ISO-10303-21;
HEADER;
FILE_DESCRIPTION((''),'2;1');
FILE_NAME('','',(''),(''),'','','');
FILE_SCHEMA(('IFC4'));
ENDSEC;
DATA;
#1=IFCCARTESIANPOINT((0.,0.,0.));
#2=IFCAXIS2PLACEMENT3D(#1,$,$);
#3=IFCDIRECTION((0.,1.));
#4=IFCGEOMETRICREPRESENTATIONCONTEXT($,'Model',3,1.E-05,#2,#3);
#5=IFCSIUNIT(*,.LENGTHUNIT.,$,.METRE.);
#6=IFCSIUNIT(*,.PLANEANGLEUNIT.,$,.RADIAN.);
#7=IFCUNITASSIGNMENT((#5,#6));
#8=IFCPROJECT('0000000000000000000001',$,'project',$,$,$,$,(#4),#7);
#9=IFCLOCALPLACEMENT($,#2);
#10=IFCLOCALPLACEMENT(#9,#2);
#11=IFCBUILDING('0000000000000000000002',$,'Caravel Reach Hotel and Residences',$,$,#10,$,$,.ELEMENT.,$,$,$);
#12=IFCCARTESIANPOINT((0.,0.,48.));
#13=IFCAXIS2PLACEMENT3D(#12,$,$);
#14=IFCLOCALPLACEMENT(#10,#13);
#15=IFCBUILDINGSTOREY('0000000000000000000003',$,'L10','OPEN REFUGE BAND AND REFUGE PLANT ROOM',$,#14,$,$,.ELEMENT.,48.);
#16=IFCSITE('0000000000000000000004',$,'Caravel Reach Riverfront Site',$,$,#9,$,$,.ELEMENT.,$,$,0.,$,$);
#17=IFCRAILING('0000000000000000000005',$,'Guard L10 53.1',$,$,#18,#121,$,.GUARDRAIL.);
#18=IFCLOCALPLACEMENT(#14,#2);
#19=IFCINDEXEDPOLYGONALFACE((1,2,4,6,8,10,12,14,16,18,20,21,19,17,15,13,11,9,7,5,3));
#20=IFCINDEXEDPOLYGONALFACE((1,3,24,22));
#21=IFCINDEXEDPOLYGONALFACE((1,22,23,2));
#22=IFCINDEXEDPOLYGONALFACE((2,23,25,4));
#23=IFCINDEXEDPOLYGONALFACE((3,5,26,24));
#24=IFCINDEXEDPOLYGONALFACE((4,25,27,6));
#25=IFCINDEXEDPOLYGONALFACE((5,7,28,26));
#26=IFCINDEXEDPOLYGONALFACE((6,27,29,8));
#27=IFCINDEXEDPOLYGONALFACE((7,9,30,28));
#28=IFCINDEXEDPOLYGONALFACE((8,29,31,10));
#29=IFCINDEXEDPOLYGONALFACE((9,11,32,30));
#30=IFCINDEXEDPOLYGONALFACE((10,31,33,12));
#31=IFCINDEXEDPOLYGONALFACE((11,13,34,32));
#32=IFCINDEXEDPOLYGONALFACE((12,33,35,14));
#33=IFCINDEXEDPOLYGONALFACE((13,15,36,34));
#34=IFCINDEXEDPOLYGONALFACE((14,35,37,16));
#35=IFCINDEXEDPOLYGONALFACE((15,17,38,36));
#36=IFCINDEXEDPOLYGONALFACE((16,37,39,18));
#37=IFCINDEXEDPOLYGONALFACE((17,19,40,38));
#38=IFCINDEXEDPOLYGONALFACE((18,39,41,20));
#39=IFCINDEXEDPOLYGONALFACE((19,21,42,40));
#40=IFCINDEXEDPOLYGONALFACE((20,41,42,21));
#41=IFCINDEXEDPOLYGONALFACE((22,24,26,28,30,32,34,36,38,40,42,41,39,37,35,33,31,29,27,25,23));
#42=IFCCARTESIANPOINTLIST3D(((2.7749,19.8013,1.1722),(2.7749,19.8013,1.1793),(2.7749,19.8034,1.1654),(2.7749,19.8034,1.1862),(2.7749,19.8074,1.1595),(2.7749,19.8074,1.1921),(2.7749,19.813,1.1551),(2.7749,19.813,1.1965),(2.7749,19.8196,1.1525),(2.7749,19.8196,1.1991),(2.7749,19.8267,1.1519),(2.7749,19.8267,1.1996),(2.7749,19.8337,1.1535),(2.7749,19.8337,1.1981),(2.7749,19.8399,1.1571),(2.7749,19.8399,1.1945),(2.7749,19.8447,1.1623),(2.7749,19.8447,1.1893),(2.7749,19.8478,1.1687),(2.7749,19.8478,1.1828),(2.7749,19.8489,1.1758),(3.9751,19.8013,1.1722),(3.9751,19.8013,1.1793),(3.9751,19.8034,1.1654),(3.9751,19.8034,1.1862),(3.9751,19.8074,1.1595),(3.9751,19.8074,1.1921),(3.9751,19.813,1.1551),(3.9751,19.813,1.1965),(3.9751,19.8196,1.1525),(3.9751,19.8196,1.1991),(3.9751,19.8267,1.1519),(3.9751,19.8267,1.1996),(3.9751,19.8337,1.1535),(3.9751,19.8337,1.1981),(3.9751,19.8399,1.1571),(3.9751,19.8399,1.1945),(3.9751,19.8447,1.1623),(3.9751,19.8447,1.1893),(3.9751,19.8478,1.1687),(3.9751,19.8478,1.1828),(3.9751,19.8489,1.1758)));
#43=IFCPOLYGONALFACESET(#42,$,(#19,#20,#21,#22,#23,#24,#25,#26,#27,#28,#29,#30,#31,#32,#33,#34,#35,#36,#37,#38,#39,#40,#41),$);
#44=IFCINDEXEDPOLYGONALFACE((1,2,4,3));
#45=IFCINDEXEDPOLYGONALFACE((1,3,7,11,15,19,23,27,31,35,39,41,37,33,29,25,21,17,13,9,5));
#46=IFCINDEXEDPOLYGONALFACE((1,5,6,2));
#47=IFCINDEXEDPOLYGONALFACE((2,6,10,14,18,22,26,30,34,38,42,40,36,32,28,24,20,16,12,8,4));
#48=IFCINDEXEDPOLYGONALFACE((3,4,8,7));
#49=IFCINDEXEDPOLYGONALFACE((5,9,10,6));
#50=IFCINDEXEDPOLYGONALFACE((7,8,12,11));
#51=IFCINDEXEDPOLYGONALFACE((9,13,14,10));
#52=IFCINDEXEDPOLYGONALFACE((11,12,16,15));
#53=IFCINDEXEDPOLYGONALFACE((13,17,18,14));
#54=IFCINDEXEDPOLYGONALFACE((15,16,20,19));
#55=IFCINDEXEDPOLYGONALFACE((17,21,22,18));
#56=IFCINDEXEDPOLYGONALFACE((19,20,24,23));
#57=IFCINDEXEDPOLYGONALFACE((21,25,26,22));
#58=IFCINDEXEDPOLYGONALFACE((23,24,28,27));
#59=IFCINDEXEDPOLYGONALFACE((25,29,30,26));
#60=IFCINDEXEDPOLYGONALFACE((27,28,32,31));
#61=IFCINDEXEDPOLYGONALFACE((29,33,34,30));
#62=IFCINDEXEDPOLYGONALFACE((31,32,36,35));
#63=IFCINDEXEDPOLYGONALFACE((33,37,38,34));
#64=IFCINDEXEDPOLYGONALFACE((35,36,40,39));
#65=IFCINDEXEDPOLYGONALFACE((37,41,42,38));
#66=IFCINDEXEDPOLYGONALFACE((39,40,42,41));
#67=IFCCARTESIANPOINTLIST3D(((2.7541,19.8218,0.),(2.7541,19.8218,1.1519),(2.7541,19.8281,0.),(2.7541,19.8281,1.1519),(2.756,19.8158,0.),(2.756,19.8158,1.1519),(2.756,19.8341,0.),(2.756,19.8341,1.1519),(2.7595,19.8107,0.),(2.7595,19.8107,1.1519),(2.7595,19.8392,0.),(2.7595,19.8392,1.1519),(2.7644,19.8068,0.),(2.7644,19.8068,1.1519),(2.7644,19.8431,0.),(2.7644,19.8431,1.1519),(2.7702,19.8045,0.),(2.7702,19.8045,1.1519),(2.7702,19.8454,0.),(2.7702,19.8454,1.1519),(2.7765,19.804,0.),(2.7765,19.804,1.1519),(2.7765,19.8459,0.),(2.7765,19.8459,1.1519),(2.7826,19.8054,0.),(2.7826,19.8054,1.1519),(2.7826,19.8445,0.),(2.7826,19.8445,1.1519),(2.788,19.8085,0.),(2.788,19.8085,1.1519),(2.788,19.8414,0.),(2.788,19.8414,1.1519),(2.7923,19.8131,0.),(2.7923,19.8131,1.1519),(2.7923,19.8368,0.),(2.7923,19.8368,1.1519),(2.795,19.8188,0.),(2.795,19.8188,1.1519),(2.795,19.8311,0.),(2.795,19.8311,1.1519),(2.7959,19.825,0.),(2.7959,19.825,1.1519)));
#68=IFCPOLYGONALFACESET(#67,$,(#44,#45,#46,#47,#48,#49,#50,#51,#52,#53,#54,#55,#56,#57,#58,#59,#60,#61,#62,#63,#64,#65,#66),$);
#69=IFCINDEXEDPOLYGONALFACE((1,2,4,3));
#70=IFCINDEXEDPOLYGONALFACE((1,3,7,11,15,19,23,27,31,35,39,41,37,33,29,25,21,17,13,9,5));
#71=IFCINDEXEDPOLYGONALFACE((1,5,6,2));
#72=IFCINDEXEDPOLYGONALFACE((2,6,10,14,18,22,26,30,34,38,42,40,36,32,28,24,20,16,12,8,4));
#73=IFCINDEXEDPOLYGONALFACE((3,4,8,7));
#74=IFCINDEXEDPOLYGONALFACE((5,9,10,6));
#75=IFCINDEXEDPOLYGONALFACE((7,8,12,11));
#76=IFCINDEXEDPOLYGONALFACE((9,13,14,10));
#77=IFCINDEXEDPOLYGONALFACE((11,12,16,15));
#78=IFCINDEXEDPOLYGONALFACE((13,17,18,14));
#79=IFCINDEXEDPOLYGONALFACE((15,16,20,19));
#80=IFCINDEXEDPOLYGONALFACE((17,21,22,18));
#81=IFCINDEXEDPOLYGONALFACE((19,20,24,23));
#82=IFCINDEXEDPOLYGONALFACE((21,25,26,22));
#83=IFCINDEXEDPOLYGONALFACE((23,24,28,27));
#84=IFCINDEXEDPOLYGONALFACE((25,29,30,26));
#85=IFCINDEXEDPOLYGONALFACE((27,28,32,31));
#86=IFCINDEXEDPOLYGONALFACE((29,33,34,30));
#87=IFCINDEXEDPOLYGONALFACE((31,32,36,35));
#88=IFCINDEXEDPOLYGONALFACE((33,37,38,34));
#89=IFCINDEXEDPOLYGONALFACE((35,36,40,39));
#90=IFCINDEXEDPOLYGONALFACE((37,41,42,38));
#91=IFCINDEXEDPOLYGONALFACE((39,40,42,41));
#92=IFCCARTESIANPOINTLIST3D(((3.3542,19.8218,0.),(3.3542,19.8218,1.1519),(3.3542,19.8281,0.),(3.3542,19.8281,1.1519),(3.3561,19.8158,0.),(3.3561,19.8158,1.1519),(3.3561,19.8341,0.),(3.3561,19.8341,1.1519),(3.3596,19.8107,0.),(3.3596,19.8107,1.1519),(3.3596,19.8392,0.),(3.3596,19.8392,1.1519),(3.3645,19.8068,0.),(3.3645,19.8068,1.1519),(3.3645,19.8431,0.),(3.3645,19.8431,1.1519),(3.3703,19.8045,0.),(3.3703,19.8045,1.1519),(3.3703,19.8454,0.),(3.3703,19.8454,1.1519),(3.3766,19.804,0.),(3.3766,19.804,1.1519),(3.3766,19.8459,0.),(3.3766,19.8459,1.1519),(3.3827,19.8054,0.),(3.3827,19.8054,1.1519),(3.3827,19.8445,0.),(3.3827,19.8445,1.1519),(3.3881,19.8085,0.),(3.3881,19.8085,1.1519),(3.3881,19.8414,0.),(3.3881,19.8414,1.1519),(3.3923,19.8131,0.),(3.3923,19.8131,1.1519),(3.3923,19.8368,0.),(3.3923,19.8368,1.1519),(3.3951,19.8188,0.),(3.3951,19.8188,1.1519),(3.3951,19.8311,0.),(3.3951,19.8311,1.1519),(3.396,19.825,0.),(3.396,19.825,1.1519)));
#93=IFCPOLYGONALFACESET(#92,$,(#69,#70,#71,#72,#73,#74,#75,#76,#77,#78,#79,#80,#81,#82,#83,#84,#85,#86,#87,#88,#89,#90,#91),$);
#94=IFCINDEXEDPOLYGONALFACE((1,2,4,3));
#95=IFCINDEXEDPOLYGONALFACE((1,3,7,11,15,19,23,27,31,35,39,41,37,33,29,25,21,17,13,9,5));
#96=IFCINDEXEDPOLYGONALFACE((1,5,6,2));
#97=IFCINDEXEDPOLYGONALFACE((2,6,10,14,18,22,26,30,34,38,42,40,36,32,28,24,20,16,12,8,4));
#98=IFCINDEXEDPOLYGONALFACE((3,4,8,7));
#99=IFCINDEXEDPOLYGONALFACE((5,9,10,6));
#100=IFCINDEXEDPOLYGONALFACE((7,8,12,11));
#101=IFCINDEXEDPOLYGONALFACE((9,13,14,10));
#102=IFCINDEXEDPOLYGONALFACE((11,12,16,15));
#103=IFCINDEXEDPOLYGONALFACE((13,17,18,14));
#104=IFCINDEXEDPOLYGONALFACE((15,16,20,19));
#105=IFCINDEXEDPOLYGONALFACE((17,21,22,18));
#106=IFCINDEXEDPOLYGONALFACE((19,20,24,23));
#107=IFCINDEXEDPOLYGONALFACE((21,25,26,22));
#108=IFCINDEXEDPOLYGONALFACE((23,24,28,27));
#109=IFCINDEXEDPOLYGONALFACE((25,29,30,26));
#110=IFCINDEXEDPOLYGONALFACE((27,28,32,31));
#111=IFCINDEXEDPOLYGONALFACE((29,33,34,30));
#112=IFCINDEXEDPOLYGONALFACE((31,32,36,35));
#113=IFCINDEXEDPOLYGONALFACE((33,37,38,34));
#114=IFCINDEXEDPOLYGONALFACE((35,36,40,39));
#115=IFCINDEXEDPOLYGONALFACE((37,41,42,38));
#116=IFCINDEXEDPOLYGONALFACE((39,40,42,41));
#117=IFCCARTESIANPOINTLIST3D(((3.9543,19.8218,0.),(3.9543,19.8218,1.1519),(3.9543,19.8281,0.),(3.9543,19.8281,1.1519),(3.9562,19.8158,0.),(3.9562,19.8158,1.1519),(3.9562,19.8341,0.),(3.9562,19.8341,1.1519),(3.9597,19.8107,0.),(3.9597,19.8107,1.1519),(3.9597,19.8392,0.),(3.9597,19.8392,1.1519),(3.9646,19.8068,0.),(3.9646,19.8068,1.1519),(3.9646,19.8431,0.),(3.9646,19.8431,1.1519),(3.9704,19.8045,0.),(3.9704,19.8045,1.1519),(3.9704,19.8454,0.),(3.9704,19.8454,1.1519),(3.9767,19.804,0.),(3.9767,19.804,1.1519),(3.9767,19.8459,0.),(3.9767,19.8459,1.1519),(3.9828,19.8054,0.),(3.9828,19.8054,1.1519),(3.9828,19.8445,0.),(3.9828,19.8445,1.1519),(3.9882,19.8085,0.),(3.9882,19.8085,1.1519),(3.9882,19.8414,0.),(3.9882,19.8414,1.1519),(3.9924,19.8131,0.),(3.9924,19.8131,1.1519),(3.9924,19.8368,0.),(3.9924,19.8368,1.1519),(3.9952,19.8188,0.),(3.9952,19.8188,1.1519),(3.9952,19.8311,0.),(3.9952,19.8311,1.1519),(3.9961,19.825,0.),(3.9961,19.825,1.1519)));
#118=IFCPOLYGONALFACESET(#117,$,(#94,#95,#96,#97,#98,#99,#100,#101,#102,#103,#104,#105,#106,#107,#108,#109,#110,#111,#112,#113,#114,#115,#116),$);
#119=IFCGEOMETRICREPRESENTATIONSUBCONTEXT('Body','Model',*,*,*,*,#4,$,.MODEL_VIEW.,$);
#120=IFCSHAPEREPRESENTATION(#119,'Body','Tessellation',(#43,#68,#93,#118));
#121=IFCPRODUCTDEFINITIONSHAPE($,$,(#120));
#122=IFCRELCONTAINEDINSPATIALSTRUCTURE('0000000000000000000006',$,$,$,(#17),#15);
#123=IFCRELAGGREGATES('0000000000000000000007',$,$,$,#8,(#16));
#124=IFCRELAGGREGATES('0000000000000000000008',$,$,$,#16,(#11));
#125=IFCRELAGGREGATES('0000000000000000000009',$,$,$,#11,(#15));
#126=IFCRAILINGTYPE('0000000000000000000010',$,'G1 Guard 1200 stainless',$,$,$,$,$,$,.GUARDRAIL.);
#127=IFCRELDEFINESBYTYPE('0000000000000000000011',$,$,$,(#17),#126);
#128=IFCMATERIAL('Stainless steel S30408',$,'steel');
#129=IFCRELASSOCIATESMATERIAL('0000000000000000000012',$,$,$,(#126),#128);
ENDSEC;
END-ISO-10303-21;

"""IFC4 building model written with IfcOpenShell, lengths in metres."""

from ifc_helpers import new_model, si_unit, direction, frame, origin, origin_2d, place, context, subcontext, project, spatial, circle, extrude, material, type_object, element, save


model = new_model("IFC4")

# Units and contexts
model_context = context("Model", 3, precision=1e-05, world=origin(), true_north=direction((0.0, 1.0)))
body_context = subcontext(model_context, "Body", "Model", "MODEL_VIEW")
ifc_project = project(units=[si_unit("LENGTHUNIT", "METRE"), si_unit("PLANEANGLEUNIT", "RADIAN")], contexts=[model_context])

# Site, building, storey
site_placement = place(None, origin())
site = spatial("IfcSite", under=ifc_project, at=site_placement, Name="Caravel Reach Riverfront Site", CompositionType="ELEMENT", RefElevation=0.0)
building_placement = place(site_placement, origin())
building = spatial("IfcBuilding", under=site, at=building_placement, Name="Caravel Reach Hotel and Residences", CompositionType="ELEMENT")
storey_placement = place(building_placement, frame((0.0, 0.0, 48.0)))
storey = spatial("IfcBuildingStorey", under=building, at=storey_placement, Name="L10", Description="OPEN REFUGE BAND AND REFUGE PLANT ROOM", CompositionType="ELEMENT", Elevation=48.0)

# Railing
ifc_material_1 = material(Name="Stainless steel S30408", Category="steel")
railing_type = type_object("IfcRailingType", Name="G1 Guard 1200 stainless", PredefinedType="GUARDRAIL", material=ifc_material_1)
railing_1_placement = place(storey_placement, frame((2.7749, 19.825, 0.0)))
element("IfcRailing", 1, at=railing_1_placement, inside=storey, type_object=railing_type, Name="Guard L10 53.1", PredefinedType="GUARDRAIL", context=body_context, shape_type="SweptSolid", body=[
    extrude(circle(Radius=0.0239, at=origin_2d()), frame((0.0, 0.0, 1.1758), z_axis=(1.0, 0.0, 0.0), x_axis=(0.0, 1.0, 0.0)), (0.0, 0.0, 1.0), 1.2002),
    extrude(circle(Radius=0.021, at=origin_2d()), origin(), (0.0, 0.0, 1.0), 1.1519),
    extrude(circle(Radius=0.021, at=origin_2d()), frame((0.6001, 0.0, 0.0)), (0.0, 0.0, 1.0), 1.1519),
    extrude(circle(Radius=0.021, at=origin_2d()), frame((1.2002, 0.0, 0.0)), (0.0, 0.0, 1.0), 1.1519),
])

save(model, "model.ifc")
